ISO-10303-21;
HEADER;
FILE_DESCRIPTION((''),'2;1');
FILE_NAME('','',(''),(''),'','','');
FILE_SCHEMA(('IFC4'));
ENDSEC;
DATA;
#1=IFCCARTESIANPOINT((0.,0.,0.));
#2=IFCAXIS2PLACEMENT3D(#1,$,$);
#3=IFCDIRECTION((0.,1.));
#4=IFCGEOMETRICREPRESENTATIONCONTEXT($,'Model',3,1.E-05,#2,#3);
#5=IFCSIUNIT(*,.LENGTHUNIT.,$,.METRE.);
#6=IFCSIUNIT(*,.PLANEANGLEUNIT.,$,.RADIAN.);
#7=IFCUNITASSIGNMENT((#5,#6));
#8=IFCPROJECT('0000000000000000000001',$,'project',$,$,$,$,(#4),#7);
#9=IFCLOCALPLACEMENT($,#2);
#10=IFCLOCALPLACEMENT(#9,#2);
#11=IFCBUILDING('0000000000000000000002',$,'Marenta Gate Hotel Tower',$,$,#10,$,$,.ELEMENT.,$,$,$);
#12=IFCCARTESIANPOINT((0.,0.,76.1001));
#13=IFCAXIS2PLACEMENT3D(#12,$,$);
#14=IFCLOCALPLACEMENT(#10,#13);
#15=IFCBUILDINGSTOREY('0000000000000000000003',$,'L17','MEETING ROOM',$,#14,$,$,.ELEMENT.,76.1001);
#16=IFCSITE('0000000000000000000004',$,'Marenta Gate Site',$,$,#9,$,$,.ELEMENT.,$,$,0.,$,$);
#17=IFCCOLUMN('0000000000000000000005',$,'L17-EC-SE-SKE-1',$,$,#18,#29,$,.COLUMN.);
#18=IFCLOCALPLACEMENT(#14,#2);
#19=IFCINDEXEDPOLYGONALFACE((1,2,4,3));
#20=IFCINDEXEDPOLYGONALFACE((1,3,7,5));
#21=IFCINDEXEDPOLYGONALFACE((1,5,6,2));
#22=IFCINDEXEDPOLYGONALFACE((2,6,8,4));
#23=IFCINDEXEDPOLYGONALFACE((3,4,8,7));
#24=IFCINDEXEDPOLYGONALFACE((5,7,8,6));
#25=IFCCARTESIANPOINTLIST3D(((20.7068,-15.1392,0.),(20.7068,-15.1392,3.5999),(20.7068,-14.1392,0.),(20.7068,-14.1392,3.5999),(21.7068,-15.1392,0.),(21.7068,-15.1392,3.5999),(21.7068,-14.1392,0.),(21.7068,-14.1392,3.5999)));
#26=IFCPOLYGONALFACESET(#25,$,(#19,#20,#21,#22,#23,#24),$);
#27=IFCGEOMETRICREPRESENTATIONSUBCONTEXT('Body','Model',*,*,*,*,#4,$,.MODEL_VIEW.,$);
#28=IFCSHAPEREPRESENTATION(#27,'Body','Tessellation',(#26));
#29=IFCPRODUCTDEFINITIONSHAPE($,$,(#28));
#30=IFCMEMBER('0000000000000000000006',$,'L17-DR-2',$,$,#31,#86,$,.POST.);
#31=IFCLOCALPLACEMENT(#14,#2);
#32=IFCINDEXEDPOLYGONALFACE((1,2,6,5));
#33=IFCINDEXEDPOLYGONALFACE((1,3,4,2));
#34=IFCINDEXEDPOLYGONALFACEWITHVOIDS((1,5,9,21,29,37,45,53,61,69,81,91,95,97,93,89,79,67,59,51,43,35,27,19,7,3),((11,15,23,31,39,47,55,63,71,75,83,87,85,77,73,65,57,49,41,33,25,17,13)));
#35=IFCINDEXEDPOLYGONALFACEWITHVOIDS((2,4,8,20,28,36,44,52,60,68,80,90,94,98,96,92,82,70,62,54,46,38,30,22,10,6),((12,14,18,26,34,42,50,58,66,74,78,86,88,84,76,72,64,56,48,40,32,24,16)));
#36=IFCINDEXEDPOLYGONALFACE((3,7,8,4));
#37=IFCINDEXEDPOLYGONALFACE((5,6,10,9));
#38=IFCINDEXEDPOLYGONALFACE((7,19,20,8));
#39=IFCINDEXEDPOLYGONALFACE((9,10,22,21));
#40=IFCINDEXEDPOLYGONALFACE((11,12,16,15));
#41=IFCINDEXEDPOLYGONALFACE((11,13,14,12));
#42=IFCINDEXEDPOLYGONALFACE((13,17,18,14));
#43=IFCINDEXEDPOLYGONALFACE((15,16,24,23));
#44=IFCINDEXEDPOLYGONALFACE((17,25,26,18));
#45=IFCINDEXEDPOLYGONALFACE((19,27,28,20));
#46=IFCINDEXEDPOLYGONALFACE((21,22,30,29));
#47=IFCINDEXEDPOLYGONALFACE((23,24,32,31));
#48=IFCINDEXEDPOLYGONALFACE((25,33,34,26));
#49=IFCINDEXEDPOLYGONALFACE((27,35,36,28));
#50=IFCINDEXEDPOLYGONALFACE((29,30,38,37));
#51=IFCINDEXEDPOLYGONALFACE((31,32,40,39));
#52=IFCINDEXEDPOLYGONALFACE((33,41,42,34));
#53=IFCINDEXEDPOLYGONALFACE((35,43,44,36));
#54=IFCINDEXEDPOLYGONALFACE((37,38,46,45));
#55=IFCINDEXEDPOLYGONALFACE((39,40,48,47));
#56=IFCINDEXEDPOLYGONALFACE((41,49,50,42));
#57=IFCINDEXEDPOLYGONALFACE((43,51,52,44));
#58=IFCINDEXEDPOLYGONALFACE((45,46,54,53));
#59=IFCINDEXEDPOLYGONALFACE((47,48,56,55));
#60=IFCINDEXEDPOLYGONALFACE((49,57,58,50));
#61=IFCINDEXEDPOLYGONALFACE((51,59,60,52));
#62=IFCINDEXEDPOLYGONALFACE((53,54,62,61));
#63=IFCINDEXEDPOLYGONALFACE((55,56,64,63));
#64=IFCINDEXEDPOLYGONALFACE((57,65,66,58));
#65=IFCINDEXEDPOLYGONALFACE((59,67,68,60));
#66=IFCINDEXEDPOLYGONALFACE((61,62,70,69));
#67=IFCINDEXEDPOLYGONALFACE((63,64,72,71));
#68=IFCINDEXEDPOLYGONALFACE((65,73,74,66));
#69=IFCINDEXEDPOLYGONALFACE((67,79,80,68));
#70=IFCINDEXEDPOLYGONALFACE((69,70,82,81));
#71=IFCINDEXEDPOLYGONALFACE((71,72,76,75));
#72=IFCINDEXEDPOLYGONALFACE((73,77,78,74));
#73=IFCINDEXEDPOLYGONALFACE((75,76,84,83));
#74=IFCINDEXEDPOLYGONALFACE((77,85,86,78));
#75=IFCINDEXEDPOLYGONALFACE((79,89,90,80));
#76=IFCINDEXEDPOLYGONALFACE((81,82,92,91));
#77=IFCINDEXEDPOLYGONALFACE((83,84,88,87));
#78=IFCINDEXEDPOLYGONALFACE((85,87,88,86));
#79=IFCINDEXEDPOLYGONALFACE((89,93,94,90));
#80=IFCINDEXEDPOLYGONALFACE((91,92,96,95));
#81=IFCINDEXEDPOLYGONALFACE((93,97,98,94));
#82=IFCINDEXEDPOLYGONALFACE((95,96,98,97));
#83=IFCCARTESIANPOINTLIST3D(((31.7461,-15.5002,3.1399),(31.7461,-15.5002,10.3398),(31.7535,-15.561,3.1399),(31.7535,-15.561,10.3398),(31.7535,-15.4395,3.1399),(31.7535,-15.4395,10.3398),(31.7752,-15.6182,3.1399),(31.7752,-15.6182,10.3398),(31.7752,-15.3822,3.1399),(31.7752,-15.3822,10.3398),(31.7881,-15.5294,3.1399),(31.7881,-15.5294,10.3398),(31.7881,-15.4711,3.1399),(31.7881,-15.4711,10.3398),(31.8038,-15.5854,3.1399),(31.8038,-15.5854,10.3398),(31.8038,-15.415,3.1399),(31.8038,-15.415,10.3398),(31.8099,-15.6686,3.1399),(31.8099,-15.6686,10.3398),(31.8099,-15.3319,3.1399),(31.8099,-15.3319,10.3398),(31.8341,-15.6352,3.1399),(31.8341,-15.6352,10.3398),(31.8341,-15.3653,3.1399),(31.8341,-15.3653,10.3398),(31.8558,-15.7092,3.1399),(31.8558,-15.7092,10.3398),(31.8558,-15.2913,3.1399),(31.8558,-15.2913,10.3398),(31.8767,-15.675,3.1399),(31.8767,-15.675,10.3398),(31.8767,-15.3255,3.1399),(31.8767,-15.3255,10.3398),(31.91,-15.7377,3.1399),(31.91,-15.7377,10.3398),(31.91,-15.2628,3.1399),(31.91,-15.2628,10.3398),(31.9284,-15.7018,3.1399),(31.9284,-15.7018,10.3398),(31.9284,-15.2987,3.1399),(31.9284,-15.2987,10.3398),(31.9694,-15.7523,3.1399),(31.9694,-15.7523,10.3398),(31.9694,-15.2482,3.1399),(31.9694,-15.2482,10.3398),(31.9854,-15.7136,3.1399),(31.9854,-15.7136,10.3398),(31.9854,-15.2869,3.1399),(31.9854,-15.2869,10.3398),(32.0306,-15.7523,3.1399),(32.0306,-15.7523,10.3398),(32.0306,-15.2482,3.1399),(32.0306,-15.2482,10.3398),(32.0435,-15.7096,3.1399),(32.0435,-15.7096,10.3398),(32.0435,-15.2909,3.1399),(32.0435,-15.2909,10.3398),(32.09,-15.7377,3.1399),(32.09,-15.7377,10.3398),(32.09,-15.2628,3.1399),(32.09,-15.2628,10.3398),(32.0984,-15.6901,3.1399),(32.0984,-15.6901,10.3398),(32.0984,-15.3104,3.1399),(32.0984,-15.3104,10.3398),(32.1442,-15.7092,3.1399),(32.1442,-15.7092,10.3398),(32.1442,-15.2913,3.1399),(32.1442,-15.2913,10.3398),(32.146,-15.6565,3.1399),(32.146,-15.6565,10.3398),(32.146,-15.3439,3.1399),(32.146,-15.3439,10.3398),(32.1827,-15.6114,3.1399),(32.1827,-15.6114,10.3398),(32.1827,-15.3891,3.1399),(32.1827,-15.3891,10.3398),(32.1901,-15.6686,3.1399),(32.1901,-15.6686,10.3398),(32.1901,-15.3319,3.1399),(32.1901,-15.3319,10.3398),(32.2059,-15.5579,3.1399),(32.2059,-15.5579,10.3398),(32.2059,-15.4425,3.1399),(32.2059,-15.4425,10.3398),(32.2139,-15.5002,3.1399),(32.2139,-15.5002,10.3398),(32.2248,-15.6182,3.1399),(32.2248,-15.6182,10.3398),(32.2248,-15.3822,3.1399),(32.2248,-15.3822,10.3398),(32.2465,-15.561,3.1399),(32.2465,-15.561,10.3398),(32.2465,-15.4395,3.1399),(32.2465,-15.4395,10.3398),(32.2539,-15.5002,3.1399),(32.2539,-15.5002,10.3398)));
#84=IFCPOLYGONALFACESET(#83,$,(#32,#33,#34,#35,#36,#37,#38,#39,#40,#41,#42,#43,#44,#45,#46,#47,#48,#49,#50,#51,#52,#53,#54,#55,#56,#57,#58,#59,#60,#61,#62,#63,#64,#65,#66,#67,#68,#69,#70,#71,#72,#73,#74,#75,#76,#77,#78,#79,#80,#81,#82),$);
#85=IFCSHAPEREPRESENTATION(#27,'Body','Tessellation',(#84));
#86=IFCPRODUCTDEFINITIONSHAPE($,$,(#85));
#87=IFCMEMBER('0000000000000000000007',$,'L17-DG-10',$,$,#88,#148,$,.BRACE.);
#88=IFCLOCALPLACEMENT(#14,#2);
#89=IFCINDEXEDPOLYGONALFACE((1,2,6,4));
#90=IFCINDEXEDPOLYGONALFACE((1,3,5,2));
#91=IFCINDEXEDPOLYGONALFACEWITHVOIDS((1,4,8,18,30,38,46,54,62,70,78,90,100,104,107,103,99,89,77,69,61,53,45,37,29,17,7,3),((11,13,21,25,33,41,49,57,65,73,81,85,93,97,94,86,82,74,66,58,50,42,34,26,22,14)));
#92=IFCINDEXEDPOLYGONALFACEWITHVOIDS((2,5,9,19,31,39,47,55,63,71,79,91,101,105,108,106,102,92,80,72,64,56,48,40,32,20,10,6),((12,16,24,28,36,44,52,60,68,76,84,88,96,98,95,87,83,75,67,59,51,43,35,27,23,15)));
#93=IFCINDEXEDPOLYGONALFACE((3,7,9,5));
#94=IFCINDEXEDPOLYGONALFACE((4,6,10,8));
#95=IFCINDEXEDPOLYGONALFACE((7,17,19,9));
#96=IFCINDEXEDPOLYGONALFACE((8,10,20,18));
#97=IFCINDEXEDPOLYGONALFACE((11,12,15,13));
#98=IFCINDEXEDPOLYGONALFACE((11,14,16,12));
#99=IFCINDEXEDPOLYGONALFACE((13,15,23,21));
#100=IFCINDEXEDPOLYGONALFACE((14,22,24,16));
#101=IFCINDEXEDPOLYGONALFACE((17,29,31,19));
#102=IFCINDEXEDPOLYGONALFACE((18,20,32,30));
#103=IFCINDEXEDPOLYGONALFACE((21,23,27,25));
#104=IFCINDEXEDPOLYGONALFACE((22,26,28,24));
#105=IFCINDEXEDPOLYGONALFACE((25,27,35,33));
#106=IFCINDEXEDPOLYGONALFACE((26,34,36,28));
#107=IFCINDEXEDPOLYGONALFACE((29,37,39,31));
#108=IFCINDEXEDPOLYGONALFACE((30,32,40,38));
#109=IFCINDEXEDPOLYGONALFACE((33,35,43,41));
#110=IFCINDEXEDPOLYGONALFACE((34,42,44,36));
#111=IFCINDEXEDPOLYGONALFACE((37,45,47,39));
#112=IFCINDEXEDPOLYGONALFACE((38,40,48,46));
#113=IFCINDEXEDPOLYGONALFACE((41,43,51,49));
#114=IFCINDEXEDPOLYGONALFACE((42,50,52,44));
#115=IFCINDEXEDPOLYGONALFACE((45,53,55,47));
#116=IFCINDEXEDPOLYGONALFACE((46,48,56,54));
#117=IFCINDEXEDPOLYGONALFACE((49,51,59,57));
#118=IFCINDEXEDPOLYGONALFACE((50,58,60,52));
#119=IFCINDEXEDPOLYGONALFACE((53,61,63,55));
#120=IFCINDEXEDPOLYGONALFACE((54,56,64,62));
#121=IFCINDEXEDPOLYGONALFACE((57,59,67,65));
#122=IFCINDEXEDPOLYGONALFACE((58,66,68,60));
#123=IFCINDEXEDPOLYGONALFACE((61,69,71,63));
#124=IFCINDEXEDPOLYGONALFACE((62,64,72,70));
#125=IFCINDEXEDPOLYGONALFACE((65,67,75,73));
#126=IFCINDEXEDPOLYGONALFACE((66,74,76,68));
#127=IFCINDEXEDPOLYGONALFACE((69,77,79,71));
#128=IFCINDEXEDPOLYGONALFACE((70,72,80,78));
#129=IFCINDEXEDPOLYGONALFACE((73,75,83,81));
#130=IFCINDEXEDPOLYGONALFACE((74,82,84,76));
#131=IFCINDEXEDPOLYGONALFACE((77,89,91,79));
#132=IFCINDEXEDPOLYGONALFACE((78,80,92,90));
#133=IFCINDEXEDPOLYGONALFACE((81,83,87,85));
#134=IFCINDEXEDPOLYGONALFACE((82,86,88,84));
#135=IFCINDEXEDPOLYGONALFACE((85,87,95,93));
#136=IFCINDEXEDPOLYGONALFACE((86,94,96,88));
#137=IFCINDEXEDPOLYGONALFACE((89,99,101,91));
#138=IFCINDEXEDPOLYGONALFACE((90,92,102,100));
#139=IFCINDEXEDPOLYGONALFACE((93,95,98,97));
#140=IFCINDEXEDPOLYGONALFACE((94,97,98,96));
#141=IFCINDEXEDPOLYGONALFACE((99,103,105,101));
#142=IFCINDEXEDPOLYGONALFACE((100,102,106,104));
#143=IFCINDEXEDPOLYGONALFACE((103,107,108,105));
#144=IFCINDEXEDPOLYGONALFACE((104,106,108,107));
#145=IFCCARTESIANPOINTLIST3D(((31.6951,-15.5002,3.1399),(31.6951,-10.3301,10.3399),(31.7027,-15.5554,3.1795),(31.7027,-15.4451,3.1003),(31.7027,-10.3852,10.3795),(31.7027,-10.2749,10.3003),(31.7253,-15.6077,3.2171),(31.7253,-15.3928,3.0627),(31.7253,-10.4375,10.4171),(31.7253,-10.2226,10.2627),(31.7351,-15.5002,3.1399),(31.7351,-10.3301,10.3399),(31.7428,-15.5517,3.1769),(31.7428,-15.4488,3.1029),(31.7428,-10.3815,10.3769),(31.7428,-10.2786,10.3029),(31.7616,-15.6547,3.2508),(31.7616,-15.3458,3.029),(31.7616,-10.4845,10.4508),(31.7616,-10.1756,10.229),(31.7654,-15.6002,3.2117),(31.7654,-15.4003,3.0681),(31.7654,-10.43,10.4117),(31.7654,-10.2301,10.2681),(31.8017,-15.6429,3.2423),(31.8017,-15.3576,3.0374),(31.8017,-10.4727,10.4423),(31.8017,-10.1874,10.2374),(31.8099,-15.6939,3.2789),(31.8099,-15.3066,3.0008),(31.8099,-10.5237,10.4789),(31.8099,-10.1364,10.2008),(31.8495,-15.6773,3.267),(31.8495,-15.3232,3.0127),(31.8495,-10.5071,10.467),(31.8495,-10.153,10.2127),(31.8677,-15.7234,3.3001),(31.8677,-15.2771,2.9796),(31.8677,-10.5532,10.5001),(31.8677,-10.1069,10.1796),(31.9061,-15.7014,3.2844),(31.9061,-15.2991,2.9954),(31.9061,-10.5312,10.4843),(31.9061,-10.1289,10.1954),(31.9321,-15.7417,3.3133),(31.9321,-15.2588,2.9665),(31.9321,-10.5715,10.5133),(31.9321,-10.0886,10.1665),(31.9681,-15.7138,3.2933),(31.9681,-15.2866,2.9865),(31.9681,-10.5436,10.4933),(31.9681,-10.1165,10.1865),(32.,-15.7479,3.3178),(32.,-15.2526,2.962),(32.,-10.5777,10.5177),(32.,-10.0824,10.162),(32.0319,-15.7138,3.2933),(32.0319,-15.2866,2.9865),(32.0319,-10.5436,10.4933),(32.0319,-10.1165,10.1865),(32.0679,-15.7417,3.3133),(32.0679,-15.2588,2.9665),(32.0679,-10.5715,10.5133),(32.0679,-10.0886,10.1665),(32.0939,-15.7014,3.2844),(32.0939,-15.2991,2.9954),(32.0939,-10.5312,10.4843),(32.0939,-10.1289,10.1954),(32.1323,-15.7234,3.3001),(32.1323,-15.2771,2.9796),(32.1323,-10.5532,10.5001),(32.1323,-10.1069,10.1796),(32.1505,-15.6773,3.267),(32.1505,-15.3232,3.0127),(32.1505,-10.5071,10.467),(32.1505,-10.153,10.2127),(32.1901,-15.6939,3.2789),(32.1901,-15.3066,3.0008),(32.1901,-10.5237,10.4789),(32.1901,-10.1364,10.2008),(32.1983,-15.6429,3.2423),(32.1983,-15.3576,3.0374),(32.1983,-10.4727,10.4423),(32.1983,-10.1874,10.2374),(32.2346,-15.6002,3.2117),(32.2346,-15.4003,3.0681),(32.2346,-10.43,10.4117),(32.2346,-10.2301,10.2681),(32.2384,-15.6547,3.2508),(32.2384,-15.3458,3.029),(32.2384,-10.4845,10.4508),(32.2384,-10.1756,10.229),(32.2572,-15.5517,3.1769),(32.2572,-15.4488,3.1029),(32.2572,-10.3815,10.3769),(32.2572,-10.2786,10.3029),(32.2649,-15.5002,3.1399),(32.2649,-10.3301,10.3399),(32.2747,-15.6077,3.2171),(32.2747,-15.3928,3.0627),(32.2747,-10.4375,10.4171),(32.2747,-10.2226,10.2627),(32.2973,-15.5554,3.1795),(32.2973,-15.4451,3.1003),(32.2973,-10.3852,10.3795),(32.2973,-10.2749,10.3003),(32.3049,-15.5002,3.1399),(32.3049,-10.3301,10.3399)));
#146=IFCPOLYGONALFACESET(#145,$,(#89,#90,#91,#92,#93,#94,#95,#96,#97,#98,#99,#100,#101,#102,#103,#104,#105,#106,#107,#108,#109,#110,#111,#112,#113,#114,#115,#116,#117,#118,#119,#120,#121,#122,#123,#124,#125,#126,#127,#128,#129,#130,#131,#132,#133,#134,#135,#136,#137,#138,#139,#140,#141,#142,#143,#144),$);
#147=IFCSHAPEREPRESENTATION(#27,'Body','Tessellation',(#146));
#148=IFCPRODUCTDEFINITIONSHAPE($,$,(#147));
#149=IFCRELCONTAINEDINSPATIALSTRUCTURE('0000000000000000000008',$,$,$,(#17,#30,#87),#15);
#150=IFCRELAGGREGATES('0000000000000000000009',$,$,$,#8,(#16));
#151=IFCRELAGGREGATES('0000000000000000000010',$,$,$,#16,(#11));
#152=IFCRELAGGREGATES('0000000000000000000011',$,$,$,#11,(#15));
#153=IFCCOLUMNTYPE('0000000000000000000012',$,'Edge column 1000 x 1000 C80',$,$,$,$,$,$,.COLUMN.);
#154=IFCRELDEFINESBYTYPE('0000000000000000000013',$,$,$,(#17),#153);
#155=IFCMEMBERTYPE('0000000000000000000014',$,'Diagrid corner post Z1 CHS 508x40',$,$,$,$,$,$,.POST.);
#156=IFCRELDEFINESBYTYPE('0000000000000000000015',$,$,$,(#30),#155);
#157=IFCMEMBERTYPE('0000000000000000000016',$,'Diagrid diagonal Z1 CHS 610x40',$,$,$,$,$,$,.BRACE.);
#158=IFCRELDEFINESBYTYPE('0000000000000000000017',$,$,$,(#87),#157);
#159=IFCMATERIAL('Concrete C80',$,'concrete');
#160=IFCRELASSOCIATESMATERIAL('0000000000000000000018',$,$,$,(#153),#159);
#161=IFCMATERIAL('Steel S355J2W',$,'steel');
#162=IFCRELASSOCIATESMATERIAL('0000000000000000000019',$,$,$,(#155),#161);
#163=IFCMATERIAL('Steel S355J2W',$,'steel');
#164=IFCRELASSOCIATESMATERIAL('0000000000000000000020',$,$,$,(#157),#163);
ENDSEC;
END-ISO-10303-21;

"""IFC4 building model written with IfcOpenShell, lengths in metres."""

from ifc_helpers import new_model, si_unit, direction, frame, origin, origin_2d, place, context, subcontext, project, spatial, rectangle, hollow_circle, extrude, material, material_profile, profile_set, type_object, element, save


model = new_model("IFC4")

# Units and contexts
model_context = context("Model", 3, precision=1e-05, world=origin(), true_north=direction((0.0, 1.0)))
body_context = subcontext(model_context, "Body", "Model", "MODEL_VIEW")
ifc_project = project(units=[si_unit("LENGTHUNIT", "METRE"), si_unit("PLANEANGLEUNIT", "RADIAN")], contexts=[model_context])

# Site, building, storey
site_placement = place(None, origin())
site = spatial("IfcSite", under=ifc_project, at=site_placement, Name="Marenta Gate Site", CompositionType="ELEMENT", RefElevation=0.0)
building_placement = place(site_placement, origin())
building = spatial("IfcBuilding", under=site, at=building_placement, Name="Marenta Gate Hotel Tower", CompositionType="ELEMENT")
storey_placement = place(building_placement, frame((0.0, 0.0, 76.1001)))
storey = spatial("IfcBuildingStorey", under=building, at=storey_placement, Name="L17", Description="MEETING ROOM", CompositionType="ELEMENT", Elevation=76.1001)

# Column
ifc_material_1 = material(Name="Concrete C80", Category="concrete")
ifc_material_profile_1 = material_profile(ifc_material_1, rectangle(XDim=1.0, YDim=1.0, at=origin_2d()), Name="1000 x 1000")
ifc_profile_set_1 = profile_set([ifc_material_profile_1], Name="Concrete C80")
column_type = type_object("IfcColumnType", Name="Edge column 1000 x 1000 C80", PredefinedType="COLUMN", material=ifc_profile_set_1)
column_placement = place(storey_placement, frame((21.2068, -14.6392, 0.0), z_axis=(0.0, 0.0, 1.0), x_axis=(1.0, 0.0, 0.0)))
element("IfcColumn", 1, at=column_placement, inside=storey, type_object=column_type, Name="L17-EC-SE-SKE-1", PredefinedType="COLUMN", context=body_context, shape_type="SweptSolid", body=[
    extrude(rectangle(XDim=1.0, YDim=1.0, at=origin_2d()), origin(), (0.0, 0.0, 1.0), 3.5999),
])

# Members
ifc_material_2 = material(Name="Steel S355J2W", Category="steel")
ifc_material_profile_2 = material_profile(ifc_material_2, hollow_circle(Radius=0.2539, WallThickness=0.04, at=origin_2d()), Name="CHS 508x40")
ifc_profile_set_2 = profile_set([ifc_material_profile_2], Name="Steel S355J2W")
member_type_1 = type_object("IfcMemberType", Name="Diagrid corner post Z1 CHS 508x40", PredefinedType="POST", material=ifc_profile_set_2)
member_1_placement = place(storey_placement, frame((32.0, -15.5002, 3.1399), z_axis=(0.0, 0.0, 1.0), x_axis=(1.0, 0.0, 0.0)))
element("IfcMember", 2, at=member_1_placement, inside=storey, type_object=member_type_1, Name="L17-DR-2", PredefinedType="POST", context=body_context, shape_type="SweptSolid", body=[
    extrude(hollow_circle(Radius=0.2539, WallThickness=0.04, at=origin_2d()), origin(), (0.0, 0.0, 1.0), 7.2),
])
ifc_material_3 = material(Name="Steel S355J2W", Category="steel")
ifc_material_profile_3 = material_profile(ifc_material_3, hollow_circle(Radius=0.3049, WallThickness=0.04, at=origin_2d()), Name="CHS 610x40")
ifc_profile_set_3 = profile_set([ifc_material_profile_3], Name="Steel S355J2W")
member_type_2 = type_object("IfcMemberType", Name="Diagrid diagonal Z1 CHS 610x40", PredefinedType="BRACE", material=ifc_profile_set_3)
member_2_placement = place(storey_placement, frame((32.0, -15.5002, 3.1399), z_axis=(0.0, 0.583279, 0.812272), x_axis=(-1.0, 0.0, 0.0)))
element("IfcMember", 3, at=member_2_placement, inside=storey, type_object=member_type_2, Name="L17-DG-10", PredefinedType="BRACE", context=body_context, shape_type="SweptSolid", body=[
    extrude(hollow_circle(Radius=0.3049, WallThickness=0.04, at=origin_2d()), origin(), (0.0, 0.0, 1.0), 8.864),
])

save(model, "model.ifc")
